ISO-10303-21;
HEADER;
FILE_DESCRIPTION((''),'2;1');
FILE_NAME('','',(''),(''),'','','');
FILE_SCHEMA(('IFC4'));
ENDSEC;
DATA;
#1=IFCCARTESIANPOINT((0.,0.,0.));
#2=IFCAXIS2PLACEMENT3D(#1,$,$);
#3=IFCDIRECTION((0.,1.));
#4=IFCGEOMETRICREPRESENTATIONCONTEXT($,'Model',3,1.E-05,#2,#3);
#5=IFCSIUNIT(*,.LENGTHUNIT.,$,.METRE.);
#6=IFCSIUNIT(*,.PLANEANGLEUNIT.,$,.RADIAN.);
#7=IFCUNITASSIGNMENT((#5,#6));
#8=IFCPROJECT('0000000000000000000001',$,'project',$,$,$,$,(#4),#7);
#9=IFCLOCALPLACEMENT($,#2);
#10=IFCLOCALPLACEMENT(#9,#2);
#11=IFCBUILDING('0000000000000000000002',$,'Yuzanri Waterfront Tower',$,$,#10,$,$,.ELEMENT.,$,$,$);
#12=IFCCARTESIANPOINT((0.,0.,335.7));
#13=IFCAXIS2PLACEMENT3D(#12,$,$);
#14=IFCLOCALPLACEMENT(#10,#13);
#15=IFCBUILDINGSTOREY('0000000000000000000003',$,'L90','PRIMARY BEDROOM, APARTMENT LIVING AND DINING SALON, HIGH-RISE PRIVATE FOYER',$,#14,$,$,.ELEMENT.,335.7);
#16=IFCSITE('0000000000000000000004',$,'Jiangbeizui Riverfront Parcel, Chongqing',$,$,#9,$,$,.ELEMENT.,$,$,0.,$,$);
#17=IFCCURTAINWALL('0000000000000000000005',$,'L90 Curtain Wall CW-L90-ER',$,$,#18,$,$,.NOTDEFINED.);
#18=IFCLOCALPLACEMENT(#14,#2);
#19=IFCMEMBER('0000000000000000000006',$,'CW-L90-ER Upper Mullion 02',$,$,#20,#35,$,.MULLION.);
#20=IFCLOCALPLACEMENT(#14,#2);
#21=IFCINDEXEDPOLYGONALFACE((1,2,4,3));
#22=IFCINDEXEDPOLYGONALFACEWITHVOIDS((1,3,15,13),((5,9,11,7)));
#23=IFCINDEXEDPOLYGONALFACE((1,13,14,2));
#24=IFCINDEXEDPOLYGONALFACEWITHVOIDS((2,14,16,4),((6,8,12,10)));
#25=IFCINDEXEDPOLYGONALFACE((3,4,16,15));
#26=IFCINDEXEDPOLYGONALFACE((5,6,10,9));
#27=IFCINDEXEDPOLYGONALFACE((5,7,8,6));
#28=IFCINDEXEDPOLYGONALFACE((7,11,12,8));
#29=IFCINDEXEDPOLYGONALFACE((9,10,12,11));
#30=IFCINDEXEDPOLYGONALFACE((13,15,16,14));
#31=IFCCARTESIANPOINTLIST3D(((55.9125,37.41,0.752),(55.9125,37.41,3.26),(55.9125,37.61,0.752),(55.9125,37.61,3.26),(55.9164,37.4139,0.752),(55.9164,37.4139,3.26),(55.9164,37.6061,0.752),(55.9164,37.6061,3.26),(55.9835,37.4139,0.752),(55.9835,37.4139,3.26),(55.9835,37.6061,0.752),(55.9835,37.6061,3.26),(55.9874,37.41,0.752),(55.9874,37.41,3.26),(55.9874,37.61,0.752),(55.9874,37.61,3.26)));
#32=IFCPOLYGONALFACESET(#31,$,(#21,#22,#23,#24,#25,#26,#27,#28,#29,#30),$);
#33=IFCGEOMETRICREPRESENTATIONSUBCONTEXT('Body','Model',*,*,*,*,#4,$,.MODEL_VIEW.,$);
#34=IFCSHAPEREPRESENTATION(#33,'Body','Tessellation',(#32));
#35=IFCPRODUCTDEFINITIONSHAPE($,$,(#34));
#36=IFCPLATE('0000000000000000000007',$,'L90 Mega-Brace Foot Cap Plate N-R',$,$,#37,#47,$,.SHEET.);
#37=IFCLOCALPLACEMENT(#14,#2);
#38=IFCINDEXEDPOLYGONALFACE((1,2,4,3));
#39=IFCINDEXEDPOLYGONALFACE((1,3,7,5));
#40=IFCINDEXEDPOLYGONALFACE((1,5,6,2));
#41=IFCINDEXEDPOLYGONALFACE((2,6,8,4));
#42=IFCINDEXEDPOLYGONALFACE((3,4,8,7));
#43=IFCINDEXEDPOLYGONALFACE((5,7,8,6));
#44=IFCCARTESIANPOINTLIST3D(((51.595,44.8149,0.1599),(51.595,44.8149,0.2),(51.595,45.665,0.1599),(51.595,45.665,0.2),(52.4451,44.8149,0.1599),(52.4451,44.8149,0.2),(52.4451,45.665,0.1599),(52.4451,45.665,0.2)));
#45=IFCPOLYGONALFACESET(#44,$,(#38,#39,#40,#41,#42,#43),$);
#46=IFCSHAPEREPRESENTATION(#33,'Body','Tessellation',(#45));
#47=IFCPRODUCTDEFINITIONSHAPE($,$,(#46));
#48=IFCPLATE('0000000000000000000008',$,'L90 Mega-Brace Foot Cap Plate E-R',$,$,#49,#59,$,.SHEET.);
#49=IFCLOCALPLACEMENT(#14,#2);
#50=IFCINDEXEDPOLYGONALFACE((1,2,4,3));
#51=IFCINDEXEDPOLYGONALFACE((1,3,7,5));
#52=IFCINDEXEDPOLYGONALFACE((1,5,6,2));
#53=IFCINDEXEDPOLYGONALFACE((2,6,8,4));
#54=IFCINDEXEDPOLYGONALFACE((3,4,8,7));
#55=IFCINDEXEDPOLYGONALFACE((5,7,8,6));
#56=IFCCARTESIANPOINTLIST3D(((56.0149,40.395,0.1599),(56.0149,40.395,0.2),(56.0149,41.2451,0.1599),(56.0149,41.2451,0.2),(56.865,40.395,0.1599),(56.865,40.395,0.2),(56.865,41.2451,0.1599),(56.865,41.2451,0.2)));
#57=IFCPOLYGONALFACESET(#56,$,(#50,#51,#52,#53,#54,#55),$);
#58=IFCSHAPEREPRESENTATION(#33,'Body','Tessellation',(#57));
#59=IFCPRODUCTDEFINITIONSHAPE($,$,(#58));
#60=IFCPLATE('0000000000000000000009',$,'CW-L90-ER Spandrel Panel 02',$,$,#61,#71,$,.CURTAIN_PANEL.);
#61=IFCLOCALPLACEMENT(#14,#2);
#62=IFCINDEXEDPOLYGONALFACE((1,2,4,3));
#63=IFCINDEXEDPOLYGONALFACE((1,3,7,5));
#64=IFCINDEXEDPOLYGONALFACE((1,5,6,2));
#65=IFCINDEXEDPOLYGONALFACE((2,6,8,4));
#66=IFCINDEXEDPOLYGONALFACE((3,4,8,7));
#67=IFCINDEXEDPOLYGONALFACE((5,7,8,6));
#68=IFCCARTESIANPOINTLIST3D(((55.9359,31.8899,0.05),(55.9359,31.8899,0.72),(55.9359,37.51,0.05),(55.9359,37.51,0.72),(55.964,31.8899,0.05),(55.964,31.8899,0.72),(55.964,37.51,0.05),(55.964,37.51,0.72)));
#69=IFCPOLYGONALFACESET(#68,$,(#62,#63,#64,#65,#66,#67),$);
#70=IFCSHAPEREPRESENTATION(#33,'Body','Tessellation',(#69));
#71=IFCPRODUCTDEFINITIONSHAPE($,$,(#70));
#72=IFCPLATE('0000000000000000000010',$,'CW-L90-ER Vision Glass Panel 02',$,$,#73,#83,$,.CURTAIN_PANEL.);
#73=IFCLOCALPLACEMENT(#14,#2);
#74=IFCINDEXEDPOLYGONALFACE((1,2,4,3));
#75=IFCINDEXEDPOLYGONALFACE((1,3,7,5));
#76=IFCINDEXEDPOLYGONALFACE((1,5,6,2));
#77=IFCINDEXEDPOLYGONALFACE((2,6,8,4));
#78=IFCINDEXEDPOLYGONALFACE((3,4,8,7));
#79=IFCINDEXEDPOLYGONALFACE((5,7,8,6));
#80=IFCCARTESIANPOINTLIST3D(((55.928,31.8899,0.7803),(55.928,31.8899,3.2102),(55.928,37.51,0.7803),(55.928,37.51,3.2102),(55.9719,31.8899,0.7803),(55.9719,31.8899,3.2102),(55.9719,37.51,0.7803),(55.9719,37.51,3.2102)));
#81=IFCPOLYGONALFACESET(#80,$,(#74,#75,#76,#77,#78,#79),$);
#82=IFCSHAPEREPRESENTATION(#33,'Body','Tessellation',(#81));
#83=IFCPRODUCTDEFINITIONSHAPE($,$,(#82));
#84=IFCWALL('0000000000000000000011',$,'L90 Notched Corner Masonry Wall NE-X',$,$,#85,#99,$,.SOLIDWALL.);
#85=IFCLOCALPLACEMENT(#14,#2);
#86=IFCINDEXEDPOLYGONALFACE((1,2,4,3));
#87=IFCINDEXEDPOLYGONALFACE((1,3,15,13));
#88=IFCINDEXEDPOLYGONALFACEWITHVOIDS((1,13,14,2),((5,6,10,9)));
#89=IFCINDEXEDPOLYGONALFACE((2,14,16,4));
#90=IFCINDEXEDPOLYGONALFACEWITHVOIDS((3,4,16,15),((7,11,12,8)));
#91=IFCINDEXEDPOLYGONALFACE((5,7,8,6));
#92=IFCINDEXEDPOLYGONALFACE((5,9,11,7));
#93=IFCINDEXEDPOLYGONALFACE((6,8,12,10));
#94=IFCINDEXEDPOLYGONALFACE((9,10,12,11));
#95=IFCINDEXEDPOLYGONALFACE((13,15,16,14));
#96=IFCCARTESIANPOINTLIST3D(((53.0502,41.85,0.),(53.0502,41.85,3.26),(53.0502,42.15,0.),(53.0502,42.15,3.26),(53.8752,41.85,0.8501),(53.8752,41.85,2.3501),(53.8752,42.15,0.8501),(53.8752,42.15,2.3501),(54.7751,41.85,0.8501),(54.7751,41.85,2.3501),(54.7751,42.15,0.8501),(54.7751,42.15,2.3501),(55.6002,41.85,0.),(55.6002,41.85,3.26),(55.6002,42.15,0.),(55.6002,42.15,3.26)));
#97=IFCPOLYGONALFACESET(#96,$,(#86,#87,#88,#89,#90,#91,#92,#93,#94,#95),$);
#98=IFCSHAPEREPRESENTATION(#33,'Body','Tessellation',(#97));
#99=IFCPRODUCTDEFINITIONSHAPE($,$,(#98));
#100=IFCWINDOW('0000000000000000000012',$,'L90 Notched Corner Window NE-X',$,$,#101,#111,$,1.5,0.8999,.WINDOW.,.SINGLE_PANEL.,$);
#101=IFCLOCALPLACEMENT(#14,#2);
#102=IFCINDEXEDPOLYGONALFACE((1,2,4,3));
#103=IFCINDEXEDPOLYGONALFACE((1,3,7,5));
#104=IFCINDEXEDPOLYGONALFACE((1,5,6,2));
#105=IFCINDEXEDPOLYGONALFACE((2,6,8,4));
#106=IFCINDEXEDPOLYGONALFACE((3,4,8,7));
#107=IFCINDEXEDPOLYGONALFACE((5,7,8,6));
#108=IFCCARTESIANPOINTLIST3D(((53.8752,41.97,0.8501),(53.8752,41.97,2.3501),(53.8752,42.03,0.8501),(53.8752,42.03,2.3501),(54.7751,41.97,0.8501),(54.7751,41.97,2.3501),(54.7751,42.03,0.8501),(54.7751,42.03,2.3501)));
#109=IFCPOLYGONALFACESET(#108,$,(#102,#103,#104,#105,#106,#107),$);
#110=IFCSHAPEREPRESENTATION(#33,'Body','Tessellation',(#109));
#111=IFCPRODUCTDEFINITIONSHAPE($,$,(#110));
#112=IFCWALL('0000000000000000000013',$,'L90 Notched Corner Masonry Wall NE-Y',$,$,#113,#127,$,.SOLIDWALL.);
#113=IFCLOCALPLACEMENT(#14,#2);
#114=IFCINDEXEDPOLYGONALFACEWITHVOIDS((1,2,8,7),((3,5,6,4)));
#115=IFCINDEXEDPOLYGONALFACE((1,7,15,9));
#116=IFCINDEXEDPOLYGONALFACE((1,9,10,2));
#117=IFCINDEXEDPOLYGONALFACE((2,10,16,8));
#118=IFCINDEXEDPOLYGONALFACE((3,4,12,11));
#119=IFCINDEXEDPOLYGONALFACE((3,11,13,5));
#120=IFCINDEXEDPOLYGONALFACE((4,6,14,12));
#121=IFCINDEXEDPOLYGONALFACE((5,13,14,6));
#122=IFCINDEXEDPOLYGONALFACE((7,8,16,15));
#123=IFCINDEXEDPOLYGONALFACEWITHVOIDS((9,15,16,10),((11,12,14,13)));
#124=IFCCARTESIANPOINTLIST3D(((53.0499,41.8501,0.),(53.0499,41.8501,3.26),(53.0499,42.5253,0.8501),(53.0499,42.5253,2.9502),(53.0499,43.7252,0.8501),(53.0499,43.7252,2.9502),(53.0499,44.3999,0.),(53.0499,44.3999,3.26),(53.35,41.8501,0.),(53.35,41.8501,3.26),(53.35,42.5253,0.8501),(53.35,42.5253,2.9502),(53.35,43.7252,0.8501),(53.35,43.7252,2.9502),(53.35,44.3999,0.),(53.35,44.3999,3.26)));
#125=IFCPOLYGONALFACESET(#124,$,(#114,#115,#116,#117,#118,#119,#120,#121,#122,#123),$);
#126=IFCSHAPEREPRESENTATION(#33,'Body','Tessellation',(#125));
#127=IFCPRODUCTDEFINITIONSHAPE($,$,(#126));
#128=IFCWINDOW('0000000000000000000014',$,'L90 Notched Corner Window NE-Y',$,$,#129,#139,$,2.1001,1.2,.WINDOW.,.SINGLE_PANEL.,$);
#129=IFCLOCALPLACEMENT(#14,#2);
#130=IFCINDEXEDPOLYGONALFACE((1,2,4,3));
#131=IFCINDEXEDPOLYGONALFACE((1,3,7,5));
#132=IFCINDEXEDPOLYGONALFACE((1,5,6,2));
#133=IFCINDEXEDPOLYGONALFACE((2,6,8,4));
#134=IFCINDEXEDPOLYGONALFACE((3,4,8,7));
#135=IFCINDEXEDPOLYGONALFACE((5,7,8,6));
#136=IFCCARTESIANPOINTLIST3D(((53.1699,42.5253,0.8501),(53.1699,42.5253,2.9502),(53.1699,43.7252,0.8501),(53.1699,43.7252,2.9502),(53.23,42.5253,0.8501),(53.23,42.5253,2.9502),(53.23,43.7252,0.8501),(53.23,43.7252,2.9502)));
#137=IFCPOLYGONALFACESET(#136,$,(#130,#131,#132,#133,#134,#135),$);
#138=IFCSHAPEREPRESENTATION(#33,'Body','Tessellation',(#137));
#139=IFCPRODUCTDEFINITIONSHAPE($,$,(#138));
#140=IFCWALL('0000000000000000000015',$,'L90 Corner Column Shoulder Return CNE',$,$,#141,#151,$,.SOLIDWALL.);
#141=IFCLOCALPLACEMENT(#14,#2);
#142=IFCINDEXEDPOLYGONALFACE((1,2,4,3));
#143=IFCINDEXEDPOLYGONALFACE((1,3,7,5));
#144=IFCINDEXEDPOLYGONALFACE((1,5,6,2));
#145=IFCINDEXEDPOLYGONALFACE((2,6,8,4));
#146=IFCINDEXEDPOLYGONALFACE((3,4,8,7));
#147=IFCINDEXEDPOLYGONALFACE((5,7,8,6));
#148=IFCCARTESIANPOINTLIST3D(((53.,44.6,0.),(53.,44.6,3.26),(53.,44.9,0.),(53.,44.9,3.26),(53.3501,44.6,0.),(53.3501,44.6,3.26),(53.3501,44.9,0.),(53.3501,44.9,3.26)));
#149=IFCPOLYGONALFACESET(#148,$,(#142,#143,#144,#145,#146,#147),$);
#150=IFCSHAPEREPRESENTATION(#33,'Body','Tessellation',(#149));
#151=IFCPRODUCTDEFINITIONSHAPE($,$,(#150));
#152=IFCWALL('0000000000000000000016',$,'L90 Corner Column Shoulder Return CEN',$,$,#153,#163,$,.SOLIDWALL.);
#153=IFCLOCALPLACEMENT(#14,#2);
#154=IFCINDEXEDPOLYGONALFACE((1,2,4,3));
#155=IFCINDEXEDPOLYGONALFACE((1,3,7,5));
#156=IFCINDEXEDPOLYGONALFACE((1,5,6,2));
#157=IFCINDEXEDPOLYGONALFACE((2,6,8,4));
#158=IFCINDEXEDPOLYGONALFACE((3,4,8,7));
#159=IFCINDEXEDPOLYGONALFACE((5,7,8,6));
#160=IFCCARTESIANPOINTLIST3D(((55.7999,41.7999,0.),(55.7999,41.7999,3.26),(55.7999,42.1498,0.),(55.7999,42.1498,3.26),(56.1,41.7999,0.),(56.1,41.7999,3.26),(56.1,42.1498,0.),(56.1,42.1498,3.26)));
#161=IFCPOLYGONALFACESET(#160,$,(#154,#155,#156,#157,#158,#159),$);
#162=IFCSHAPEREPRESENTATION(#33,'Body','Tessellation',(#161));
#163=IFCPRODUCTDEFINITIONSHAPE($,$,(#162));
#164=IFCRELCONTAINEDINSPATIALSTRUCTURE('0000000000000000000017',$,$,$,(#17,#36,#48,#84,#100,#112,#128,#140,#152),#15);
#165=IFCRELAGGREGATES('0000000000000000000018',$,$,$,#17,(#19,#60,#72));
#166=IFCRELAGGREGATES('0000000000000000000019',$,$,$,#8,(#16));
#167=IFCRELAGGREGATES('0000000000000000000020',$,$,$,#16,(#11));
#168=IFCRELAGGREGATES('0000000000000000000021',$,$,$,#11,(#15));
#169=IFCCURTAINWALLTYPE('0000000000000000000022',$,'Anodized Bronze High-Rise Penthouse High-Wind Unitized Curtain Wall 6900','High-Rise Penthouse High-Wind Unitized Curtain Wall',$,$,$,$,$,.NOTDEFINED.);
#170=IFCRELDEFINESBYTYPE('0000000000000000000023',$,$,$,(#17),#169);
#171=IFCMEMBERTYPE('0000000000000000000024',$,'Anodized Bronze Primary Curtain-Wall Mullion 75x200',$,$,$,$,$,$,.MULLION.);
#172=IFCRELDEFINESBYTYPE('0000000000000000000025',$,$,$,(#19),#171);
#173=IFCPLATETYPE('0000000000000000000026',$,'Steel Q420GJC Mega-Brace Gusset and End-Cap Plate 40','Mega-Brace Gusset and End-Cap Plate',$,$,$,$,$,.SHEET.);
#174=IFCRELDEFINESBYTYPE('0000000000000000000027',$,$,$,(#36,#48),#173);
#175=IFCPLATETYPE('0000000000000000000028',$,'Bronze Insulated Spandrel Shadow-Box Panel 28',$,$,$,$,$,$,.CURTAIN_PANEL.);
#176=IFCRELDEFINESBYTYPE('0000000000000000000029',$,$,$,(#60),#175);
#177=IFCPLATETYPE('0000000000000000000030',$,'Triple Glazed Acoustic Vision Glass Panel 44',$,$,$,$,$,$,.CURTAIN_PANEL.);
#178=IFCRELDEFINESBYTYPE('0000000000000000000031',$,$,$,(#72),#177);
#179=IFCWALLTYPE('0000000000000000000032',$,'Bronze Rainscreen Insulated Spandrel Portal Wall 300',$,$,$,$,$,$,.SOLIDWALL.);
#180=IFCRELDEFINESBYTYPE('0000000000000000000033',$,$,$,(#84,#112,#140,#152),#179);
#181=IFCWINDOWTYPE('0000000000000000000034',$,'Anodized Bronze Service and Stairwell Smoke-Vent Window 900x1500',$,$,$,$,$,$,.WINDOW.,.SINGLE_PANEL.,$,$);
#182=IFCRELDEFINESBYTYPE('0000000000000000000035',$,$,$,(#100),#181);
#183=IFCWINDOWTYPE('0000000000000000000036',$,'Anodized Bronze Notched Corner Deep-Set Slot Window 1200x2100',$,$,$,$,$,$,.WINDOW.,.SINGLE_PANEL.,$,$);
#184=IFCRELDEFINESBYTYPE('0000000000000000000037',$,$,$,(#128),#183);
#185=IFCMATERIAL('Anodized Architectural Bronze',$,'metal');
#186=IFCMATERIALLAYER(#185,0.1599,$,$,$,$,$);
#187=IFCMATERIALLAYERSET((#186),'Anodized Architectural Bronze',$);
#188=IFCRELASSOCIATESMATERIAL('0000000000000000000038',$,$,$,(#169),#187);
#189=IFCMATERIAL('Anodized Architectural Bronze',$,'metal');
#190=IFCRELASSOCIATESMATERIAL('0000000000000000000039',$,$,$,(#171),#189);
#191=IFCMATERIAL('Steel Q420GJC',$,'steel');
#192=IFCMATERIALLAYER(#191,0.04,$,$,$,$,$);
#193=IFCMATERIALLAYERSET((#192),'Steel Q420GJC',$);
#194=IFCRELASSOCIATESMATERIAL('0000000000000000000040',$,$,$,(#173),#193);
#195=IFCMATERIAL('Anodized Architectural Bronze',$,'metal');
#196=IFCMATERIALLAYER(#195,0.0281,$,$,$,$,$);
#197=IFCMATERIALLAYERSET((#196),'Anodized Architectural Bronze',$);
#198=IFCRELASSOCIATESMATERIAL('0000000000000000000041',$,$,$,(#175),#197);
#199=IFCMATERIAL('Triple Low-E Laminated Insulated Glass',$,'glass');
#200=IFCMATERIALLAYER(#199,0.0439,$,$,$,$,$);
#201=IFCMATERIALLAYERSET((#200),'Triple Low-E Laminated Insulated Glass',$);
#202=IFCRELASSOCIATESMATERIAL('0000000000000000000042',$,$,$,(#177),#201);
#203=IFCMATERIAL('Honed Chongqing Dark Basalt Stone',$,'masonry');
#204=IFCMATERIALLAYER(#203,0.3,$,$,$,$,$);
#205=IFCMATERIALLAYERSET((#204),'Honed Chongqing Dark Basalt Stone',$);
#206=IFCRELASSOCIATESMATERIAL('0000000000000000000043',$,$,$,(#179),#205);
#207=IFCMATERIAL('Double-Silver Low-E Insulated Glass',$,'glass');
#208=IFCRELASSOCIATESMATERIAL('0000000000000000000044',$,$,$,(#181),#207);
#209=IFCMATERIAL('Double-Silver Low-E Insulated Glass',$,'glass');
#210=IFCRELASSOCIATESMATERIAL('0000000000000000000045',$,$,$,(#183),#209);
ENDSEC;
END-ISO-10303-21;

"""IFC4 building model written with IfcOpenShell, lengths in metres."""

from ifc_helpers import new_model, si_unit, direction, frame, frame_2d, origin, origin_2d, place, context, subcontext, project, spatial, rectangle, hollow_rectangle, extrude, source, transform, mapped, material, layer, layer_set, material_profile, profile_set, type_object, element, fill, aggregate, save


model = new_model("IFC4")

# Units and contexts
model_context = context("Model", 3, precision=1e-05, world=origin(), true_north=direction((0.0, 1.0)))
body_context = subcontext(model_context, "Body", "Model", "MODEL_VIEW")
ifc_project = project(units=[si_unit("LENGTHUNIT", "METRE"), si_unit("PLANEANGLEUNIT", "RADIAN")], contexts=[model_context])

# Site, building, storey
site_placement = place(None, origin())
site = spatial("IfcSite", under=ifc_project, at=site_placement, Name="Jiangbeizui Riverfront Parcel, Chongqing", CompositionType="ELEMENT", RefElevation=0.0)
building_placement = place(site_placement, origin())
building = spatial("IfcBuilding", under=site, at=building_placement, Name="Yuzanri Waterfront Tower", CompositionType="ELEMENT")
storey_placement = place(building_placement, frame((0.0, 0.0, 335.7)))
storey = spatial("IfcBuildingStorey", under=building, at=storey_placement, Name="L90", Description="PRIMARY BEDROOM, APARTMENT LIVING AND DINING SALON, HIGH-RISE PRIVATE FOYER", CompositionType="ELEMENT", Elevation=335.7)

# Curtain wall
ifc_material_1 = material(Name="Anodized Architectural Bronze", Category="metal")
ifc_layer_1 = layer(ifc_material_1, 0.1599)
ifc_layer_set_1 = layer_set([ifc_layer_1], Name="Anodized Architectural Bronze")
curtain_wall_type = type_object("IfcCurtainWallType", Name="Anodized Bronze High-Rise Penthouse High-Wind Unitized Curtain Wall 6900", Description="High-Rise Penthouse High-Wind Unitized Curtain Wall", PredefinedType="NOTDEFINED", material=ifc_layer_set_1)
ifc_material_2 = material(Name="Anodized Architectural Bronze", Category="metal")
ifc_material_profile_1 = material_profile(ifc_material_2, hollow_rectangle(XDim=0.075, YDim=0.2, WallThickness=0.0039, at=origin_2d()), Name="CWM 75x200")
ifc_profile_set_1 = profile_set([ifc_material_profile_1], Name="Anodized Architectural Bronze")
member_type_1 = type_object("IfcMemberType", Name="Anodized Bronze Primary Curtain-Wall Mullion 75x200", PredefinedType="MULLION", material=ifc_profile_set_1)
curtain_wall_1_placement = place(storey_placement, origin())
curtain_wall_1 = element("IfcCurtainWall", 1, at=curtain_wall_1_placement, inside=storey, type_object=curtain_wall_type, Name="L90 Curtain Wall CW-L90-ER", PredefinedType="NOTDEFINED")

# Member
shared_shape_1 = source(origin(), body_context, "Body", "SweptSolid", [
    extrude(hollow_rectangle(XDim=0.075, YDim=0.2, WallThickness=0.0039, at=origin_2d()), origin(), (0.0, 0.0, 1.0), 2.5081),
])
member_1_placement = place(storey_placement, frame((55.95, 37.51, 0.752), z_axis=(0.0, 0.0, 1.0), x_axis=(1.0, 0.0, 0.0)))
member_1 = element("IfcMember", 2, at=member_1_placement, type_object=member_type_1, Name="CW-L90-ER Upper Mullion 02", PredefinedType="MULLION", context=body_context, shape_type="MappedRepresentation", body=[
    mapped(shared_shape_1, transform((0.0, 0.0, 0.0), scale=1.0)),
])

# Plates
ifc_material_3 = material(Name="Steel Q420GJC", Category="steel")
ifc_layer_2 = layer(ifc_material_3, 0.04)
ifc_layer_set_2 = layer_set([ifc_layer_2], Name="Steel Q420GJC")
plate_type_1 = type_object("IfcPlateType", Name="Steel Q420GJC Mega-Brace Gusset and End-Cap Plate 40", Description="Mega-Brace Gusset and End-Cap Plate", PredefinedType="SHEET", material=ifc_layer_set_2)
shared_shape_2 = source(origin(), body_context, "Body", "SweptSolid", [
    extrude(rectangle(XDim=0.8501, YDim=0.8501, at=origin_2d()), origin(), (0.0, 0.0, 1.0), 0.04),
])
for number, where, z_axis, x_axis, name in (
    (3, (52.02, 45.24, 0.1599), (0.0, 0.0, 1.0), (1.0, 0.0, 0.0), "L90 Mega-Brace Foot Cap Plate N-R"),
    (4, (56.4399, 40.8201, 0.1599), (0.0, 0.0, 1.0), (1.0, 0.0, 0.0), "L90 Mega-Brace Foot Cap Plate E-R"),
):
    element("IfcPlate", number, at=place(storey_placement, frame(where, z_axis=z_axis, x_axis=x_axis)), inside=storey, type_object=plate_type_1, Name=name, PredefinedType="SHEET", context=body_context, shape_type="MappedRepresentation", body=[
        mapped(shared_shape_2, transform((0.0, 0.0, 0.0), scale=1.0)),
    ])

# Plates
ifc_material_4 = material(Name="Anodized Architectural Bronze", Category="metal")
ifc_layer_3 = layer(ifc_material_4, 0.0281)
ifc_layer_set_3 = layer_set([ifc_layer_3], Name="Anodized Architectural Bronze")
plate_type_2 = type_object("IfcPlateType", Name="Bronze Insulated Spandrel Shadow-Box Panel 28", PredefinedType="CURTAIN_PANEL", material=ifc_layer_set_3)
shared_shape_3 = source(origin(), body_context, "Body", "SweptSolid", [
    extrude(rectangle(XDim=5.6201, YDim=0.0281, at=origin_2d()), origin(), (0.0, 0.0, 1.0), 0.6699),
])
plate_1_placement = place(storey_placement, frame((55.95, 34.7, 0.05), z_axis=(0.0, 0.0, 1.0), x_axis=(0.0, 1.0, 0.0)))
plate_1 = element("IfcPlate", 5, at=plate_1_placement, type_object=plate_type_2, Name="CW-L90-ER Spandrel Panel 02", PredefinedType="CURTAIN_PANEL", context=body_context, shape_type="MappedRepresentation", body=[
    mapped(shared_shape_3, transform((0.0, 0.0, 0.0), scale=1.0)),
])
ifc_material_5 = material(Name="Triple Low-E Laminated Insulated Glass", Category="glass")
ifc_layer_4 = layer(ifc_material_5, 0.0439)
ifc_layer_set_4 = layer_set([ifc_layer_4], Name="Triple Low-E Laminated Insulated Glass")
plate_type_3 = type_object("IfcPlateType", Name="Triple Glazed Acoustic Vision Glass Panel 44", PredefinedType="CURTAIN_PANEL", material=ifc_layer_set_4)
shared_shape_4 = source(origin(), body_context, "Body", "SweptSolid", [
    extrude(rectangle(XDim=5.6201, YDim=0.0439, at=origin_2d()), origin(), (0.0, 0.0, 1.0), 2.4299),
])
plate_2_placement = place(storey_placement, frame((55.95, 34.7, 0.7803), z_axis=(0.0, 0.0, 1.0), x_axis=(0.0, 1.0, 0.0)))
plate_2 = element("IfcPlate", 6, at=plate_2_placement, type_object=plate_type_3, Name="CW-L90-ER Vision Glass Panel 02", PredefinedType="CURTAIN_PANEL", context=body_context, shape_type="MappedRepresentation", body=[
    mapped(shared_shape_4, transform((0.0, 0.0, 0.0), scale=1.0)),
])
aggregate(curtain_wall_1, [member_1, plate_1, plate_2])

# Walls, openings, windows
ifc_material_6 = material(Name="Honed Chongqing Dark Basalt Stone", Category="masonry")
ifc_layer_5 = layer(ifc_material_6, 0.3)
ifc_layer_set_5 = layer_set([ifc_layer_5], Name="Honed Chongqing Dark Basalt Stone")
wall_type_1 = type_object("IfcWallType", Name="Bronze Rainscreen Insulated Spandrel Portal Wall 300", PredefinedType="SOLIDWALL", material=ifc_layer_set_5)
wall_1_placement = place(storey_placement, frame((55.6001, 42.0, 0.0), z_axis=(0.0, 0.0, 1.0), x_axis=(-1.0, 0.0, 0.0)))
wall_1 = element("IfcWall", 7, at=wall_1_placement, inside=storey, type_object=wall_type_1, Name="L90 Notched Corner Masonry Wall NE-X", PredefinedType="SOLIDWALL", context=body_context, shape_type="SweptSolid", body=[
    extrude(rectangle(XDim=2.55, YDim=0.3, at=frame_2d((1.2749, 0.0))), origin(), (0.0, 0.0, 1.0), 3.26),
])
opening_1_placement = place(wall_1_placement, frame((0.825, 0.0, 0.8501)))
opening_1 = element("IfcOpeningElement", 8, at=opening_1_placement, cuts=wall_1, PredefinedType="OPENING", context=body_context, shape_type="SweptSolid", body=[
    extrude(rectangle(XDim=0.8999, YDim=1.5, at=frame_2d((0.45, 0.75))), frame((0.0, 0.165, 0.0), z_axis=(0.0, -1.0, 0.0), x_axis=(1.0, 0.0, 0.0)), (0.0, 0.0, 1.0), 0.3298),
])
ifc_material_7 = material(Name="Double-Silver Low-E Insulated Glass", Category="glass")
window_type_1 = type_object("IfcWindowType", Name="Anodized Bronze Service and Stairwell Smoke-Vent Window 900x1500", PartitioningType="SINGLE_PANEL", PredefinedType="WINDOW", material=ifc_material_7)
shared_shape_5 = source(origin(), body_context, "Body", "SweptSolid", [
    extrude(rectangle(XDim=0.8999, YDim=1.5, at=frame_2d((0.45, 0.75))), frame((0.0, 0.03, 0.0), z_axis=(0.0, -1.0, 0.0), x_axis=(1.0, 0.0, 0.0)), (0.0, 0.0, 1.0), 0.0601),
])
window_1_placement = place(opening_1_placement, origin())
window_1 = element("IfcWindow", 9, at=window_1_placement, inside=storey, type_object=window_type_1, Name="L90 Notched Corner Window NE-X", OverallHeight=1.5, OverallWidth=0.8999, PartitioningType="SINGLE_PANEL", PredefinedType="WINDOW", context=body_context, shape_type="MappedRepresentation", body=[
    mapped(shared_shape_5, transform((0.0, 0.0, 0.0), scale=1.0)),
])
fill(opening_1, window_1)
wall_2_placement = place(storey_placement, frame((53.2, 41.8501, 0.0), z_axis=(0.0, 0.0, 1.0), x_axis=(0.0, 1.0, 0.0)))
wall_2 = element("IfcWall", 10, at=wall_2_placement, inside=storey, type_object=wall_type_1, Name="L90 Notched Corner Masonry Wall NE-Y", PredefinedType="SOLIDWALL", context=body_context, shape_type="SweptSolid", body=[
    extrude(rectangle(XDim=2.5498, YDim=0.3, at=frame_2d((1.2749, 0.0))), origin(), (0.0, 0.0, 1.0), 3.26),
])
opening_2_placement = place(wall_2_placement, frame((0.675, 0.0, 0.8501)))
opening_2 = element("IfcOpeningElement", 11, at=opening_2_placement, cuts=wall_2, PredefinedType="OPENING", context=body_context, shape_type="SweptSolid", body=[
    extrude(rectangle(XDim=1.2, YDim=2.1001, at=frame_2d((0.6001, 1.05))), frame((0.0, 0.165, 0.0), z_axis=(0.0, -1.0, 0.0), x_axis=(1.0, 0.0, 0.0)), (0.0, 0.0, 1.0), 0.3298),
])
ifc_material_8 = material(Name="Double-Silver Low-E Insulated Glass", Category="glass")
window_type_2 = type_object("IfcWindowType", Name="Anodized Bronze Notched Corner Deep-Set Slot Window 1200x2100", PartitioningType="SINGLE_PANEL", PredefinedType="WINDOW", material=ifc_material_8)
shared_shape_6 = source(origin(), body_context, "Body", "SweptSolid", [
    extrude(rectangle(XDim=1.2, YDim=2.1001, at=frame_2d((0.6001, 1.05))), frame((0.0, 0.03, 0.0), z_axis=(0.0, -1.0, 0.0), x_axis=(1.0, 0.0, 0.0)), (0.0, 0.0, 1.0), 0.0601),
])
window_2_placement = place(opening_2_placement, origin())
window_2 = element("IfcWindow", 12, at=window_2_placement, inside=storey, type_object=window_type_2, Name="L90 Notched Corner Window NE-Y", OverallHeight=2.1001, OverallWidth=1.2, PartitioningType="SINGLE_PANEL", PredefinedType="WINDOW", context=body_context, shape_type="MappedRepresentation", body=[
    mapped(shared_shape_6, transform((0.0, 0.0, 0.0), scale=1.0)),
])
fill(opening_2, window_2)

# Walls
shared_shape_7 = source(origin(), body_context, "Body", "SweptSolid", [
    extrude(rectangle(XDim=0.3501, YDim=0.3, at=frame_2d((0.175, 0.0))), origin(), (0.0, 0.0, 1.0), 3.26),
])
wall_3_placement = place(storey_placement, frame((53.0, 44.75, 0.0), z_axis=(0.0, 0.0, 1.0), x_axis=(1.0, 0.0, 0.0)))
element("IfcWall", 13, at=wall_3_placement, inside=storey, type_object=wall_type_1, Name="L90 Corner Column Shoulder Return CNE", PredefinedType="SOLIDWALL", context=body_context, shape_type="MappedRepresentation", body=[
    mapped(shared_shape_7, transform((0.0, 0.0, 0.0), scale=1.0)),
])
shared_shape_8 = source(origin(), body_context, "Body", "SweptSolid", [
    extrude(rectangle(XDim=0.3499, YDim=0.3, at=frame_2d((0.1748, 0.0))), origin(), (0.0, 0.0, 1.0), 3.26),
])
wall_4_placement = place(storey_placement, frame((55.95, 41.8, 0.0), z_axis=(0.0, 0.0, 1.0), x_axis=(0.0, 1.0, 0.0)))
element("IfcWall", 14, at=wall_4_placement, inside=storey, type_object=wall_type_1, Name="L90 Corner Column Shoulder Return CEN", PredefinedType="SOLIDWALL", context=body_context, shape_type="MappedRepresentation", body=[
    mapped(shared_shape_8, transform((0.0, 0.0, 0.0), scale=1.0)),
])

save(model, "model.ifc")
